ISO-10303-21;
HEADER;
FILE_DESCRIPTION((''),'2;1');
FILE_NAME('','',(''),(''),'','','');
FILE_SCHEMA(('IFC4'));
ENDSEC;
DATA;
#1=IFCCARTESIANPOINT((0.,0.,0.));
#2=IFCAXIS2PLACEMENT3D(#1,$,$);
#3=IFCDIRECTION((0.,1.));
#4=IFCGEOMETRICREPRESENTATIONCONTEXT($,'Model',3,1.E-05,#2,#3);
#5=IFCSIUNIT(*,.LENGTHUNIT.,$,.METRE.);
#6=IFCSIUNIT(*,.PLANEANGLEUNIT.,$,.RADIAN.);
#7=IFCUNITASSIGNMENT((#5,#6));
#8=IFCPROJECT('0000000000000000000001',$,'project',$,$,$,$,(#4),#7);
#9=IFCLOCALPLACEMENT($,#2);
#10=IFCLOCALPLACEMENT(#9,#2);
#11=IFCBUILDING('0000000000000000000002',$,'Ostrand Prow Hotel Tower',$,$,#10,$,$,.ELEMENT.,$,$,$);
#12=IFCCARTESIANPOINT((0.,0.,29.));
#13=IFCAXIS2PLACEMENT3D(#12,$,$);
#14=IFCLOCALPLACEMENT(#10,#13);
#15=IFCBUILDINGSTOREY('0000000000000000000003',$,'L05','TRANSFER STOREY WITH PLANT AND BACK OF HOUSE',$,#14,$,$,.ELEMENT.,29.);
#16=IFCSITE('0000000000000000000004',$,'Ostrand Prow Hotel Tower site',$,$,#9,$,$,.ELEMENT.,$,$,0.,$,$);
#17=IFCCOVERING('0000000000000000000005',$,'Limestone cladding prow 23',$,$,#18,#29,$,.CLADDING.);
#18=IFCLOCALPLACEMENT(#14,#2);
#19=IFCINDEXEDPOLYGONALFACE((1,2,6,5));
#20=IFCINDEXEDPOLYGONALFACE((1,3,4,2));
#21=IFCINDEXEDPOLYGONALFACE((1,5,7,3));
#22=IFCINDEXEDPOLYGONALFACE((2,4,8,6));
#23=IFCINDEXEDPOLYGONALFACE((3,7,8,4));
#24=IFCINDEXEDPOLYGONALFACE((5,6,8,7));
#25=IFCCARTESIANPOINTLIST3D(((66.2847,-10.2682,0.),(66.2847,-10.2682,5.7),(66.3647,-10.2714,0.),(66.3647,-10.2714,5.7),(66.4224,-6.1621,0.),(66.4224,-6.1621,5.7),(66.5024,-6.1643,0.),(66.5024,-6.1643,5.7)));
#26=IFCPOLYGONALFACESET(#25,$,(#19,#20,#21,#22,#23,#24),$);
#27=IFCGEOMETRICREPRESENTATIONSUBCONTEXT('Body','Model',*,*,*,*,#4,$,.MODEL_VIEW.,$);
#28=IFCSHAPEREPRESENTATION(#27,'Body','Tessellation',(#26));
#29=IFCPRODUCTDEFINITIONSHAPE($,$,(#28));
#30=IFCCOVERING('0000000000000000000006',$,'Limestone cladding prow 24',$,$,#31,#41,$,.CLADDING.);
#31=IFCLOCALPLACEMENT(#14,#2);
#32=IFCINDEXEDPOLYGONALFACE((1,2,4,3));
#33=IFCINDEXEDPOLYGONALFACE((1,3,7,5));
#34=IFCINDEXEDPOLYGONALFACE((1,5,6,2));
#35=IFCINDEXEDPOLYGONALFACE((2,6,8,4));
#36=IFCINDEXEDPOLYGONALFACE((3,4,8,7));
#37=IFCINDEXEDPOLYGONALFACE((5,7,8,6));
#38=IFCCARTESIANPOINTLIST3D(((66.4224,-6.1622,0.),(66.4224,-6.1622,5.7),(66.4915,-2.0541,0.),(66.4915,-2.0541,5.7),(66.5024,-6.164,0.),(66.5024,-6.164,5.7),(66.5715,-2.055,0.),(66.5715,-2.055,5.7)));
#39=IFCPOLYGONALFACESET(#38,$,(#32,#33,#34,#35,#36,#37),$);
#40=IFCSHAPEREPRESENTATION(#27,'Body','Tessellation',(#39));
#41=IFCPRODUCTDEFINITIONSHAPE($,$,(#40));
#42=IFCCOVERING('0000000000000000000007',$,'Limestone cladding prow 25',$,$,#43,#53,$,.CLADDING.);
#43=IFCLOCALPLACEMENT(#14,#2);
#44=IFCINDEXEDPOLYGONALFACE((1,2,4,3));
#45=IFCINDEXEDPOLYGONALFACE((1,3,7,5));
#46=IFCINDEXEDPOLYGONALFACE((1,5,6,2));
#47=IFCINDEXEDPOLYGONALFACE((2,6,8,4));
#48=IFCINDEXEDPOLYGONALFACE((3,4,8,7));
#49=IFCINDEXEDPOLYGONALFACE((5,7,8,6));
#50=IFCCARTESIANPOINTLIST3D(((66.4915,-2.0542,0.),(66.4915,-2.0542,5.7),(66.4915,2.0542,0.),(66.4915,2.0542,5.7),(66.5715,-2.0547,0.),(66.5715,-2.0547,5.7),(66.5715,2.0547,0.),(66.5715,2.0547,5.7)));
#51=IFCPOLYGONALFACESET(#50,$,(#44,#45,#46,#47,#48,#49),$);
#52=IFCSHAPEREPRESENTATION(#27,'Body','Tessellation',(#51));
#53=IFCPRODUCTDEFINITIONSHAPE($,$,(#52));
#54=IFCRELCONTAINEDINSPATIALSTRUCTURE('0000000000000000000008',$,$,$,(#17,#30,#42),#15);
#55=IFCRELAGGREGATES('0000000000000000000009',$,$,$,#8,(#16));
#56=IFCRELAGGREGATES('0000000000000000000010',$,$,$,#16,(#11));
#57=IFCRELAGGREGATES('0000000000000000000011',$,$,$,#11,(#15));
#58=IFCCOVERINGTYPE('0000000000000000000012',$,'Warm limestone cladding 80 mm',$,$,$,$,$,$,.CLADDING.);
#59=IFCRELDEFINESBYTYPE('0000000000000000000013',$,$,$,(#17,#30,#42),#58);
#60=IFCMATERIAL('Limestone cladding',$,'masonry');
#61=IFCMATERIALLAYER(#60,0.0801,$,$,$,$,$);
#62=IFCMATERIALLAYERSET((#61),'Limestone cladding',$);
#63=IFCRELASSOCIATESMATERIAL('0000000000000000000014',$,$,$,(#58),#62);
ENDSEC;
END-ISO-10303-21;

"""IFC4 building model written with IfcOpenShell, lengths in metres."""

from ifc_helpers import new_model, si_unit, direction, frame, origin, place, context, subcontext, project, spatial, polyline, outline, extrude, material, layer, layer_set, type_object, element, save


model = new_model("IFC4")

# Units and contexts
model_context = context("Model", 3, precision=1e-05, world=origin(), true_north=direction((0.0, 1.0)))
body_context = subcontext(model_context, "Body", "Model", "MODEL_VIEW")
ifc_project = project(units=[si_unit("LENGTHUNIT", "METRE"), si_unit("PLANEANGLEUNIT", "RADIAN")], contexts=[model_context])

# Site, building, storey
site_placement = place(None, origin())
site = spatial("IfcSite", under=ifc_project, at=site_placement, Name="Ostrand Prow Hotel Tower site", CompositionType="ELEMENT", RefElevation=0.0)
building_placement = place(site_placement, origin())
building = spatial("IfcBuilding", under=site, at=building_placement, Name="Ostrand Prow Hotel Tower", CompositionType="ELEMENT")
storey_placement = place(building_placement, frame((0.0, 0.0, 29.0)))
storey = spatial("IfcBuildingStorey", under=building, at=storey_placement, Name="L05", Description="TRANSFER STOREY WITH PLANT AND BACK OF HOUSE", CompositionType="ELEMENT", Elevation=29.0)

# Coverings
ifc_material_1 = material(Name="Limestone cladding", Category="masonry")
ifc_layer_1 = layer(ifc_material_1, 0.0801)
ifc_layer_set_1 = layer_set([ifc_layer_1], Name="Limestone cladding")
covering_type = type_object("IfcCoveringType", Name="Warm limestone cladding 80 mm", PredefinedType="CLADDING", material=ifc_layer_set_1)
covering_1_placement = place(storey_placement, frame((66.3247, -10.2698, 0.0), z_axis=(0.0, 0.0, 1.0), x_axis=(0.033511, 0.999438, 0.0)))
element("IfcCovering", 1, at=covering_1_placement, inside=storey, type_object=covering_type, Name="Limestone cladding prow 23", PredefinedType="CLADDING", context=body_context, shape_type="SweptSolid", body=[
    extrude(outline(polyline([(-0.0002, -0.04), (4.1091, -0.04), (4.1086, 0.04), (0.0002, 0.04), (-0.0002, -0.04)])), origin(), (0.0, 0.0, 1.0), 5.7),
])
covering_2_placement = place(storey_placement, frame((66.4624, -6.1631, 0.0), z_axis=(0.0, 0.0, 1.0), x_axis=(0.016814, 0.999859, 0.0)))
element("IfcCovering", 2, at=covering_2_placement, inside=storey, type_object=covering_type, Name="Limestone cladding prow 24", PredefinedType="CLADDING", context=body_context, shape_type="SweptSolid", body=[
    extrude(outline(polyline([(-0.0002, -0.04), (4.1094, -0.04), (4.1089, 0.04), (0.0002, 0.04), (-0.0002, -0.04)])), origin(), (0.0, 0.0, 1.0), 5.7),
])
covering_3_placement = place(storey_placement, frame((66.5315, -2.0544, 0.0), z_axis=(0.0, 0.0, 1.0), x_axis=(0.0, 1.0, 0.0)))
element("IfcCovering", 3, at=covering_3_placement, inside=storey, type_object=covering_type, Name="Limestone cladding prow 25", PredefinedType="CLADDING", context=body_context, shape_type="SweptSolid", body=[
    extrude(outline(polyline([(-0.0002, -0.04), (4.1091, -0.04), (4.1086, 0.04), (0.0002, 0.04), (-0.0002, -0.04)])), origin(), (0.0, 0.0, 1.0), 5.7),
])

save(model, "model.ifc")
